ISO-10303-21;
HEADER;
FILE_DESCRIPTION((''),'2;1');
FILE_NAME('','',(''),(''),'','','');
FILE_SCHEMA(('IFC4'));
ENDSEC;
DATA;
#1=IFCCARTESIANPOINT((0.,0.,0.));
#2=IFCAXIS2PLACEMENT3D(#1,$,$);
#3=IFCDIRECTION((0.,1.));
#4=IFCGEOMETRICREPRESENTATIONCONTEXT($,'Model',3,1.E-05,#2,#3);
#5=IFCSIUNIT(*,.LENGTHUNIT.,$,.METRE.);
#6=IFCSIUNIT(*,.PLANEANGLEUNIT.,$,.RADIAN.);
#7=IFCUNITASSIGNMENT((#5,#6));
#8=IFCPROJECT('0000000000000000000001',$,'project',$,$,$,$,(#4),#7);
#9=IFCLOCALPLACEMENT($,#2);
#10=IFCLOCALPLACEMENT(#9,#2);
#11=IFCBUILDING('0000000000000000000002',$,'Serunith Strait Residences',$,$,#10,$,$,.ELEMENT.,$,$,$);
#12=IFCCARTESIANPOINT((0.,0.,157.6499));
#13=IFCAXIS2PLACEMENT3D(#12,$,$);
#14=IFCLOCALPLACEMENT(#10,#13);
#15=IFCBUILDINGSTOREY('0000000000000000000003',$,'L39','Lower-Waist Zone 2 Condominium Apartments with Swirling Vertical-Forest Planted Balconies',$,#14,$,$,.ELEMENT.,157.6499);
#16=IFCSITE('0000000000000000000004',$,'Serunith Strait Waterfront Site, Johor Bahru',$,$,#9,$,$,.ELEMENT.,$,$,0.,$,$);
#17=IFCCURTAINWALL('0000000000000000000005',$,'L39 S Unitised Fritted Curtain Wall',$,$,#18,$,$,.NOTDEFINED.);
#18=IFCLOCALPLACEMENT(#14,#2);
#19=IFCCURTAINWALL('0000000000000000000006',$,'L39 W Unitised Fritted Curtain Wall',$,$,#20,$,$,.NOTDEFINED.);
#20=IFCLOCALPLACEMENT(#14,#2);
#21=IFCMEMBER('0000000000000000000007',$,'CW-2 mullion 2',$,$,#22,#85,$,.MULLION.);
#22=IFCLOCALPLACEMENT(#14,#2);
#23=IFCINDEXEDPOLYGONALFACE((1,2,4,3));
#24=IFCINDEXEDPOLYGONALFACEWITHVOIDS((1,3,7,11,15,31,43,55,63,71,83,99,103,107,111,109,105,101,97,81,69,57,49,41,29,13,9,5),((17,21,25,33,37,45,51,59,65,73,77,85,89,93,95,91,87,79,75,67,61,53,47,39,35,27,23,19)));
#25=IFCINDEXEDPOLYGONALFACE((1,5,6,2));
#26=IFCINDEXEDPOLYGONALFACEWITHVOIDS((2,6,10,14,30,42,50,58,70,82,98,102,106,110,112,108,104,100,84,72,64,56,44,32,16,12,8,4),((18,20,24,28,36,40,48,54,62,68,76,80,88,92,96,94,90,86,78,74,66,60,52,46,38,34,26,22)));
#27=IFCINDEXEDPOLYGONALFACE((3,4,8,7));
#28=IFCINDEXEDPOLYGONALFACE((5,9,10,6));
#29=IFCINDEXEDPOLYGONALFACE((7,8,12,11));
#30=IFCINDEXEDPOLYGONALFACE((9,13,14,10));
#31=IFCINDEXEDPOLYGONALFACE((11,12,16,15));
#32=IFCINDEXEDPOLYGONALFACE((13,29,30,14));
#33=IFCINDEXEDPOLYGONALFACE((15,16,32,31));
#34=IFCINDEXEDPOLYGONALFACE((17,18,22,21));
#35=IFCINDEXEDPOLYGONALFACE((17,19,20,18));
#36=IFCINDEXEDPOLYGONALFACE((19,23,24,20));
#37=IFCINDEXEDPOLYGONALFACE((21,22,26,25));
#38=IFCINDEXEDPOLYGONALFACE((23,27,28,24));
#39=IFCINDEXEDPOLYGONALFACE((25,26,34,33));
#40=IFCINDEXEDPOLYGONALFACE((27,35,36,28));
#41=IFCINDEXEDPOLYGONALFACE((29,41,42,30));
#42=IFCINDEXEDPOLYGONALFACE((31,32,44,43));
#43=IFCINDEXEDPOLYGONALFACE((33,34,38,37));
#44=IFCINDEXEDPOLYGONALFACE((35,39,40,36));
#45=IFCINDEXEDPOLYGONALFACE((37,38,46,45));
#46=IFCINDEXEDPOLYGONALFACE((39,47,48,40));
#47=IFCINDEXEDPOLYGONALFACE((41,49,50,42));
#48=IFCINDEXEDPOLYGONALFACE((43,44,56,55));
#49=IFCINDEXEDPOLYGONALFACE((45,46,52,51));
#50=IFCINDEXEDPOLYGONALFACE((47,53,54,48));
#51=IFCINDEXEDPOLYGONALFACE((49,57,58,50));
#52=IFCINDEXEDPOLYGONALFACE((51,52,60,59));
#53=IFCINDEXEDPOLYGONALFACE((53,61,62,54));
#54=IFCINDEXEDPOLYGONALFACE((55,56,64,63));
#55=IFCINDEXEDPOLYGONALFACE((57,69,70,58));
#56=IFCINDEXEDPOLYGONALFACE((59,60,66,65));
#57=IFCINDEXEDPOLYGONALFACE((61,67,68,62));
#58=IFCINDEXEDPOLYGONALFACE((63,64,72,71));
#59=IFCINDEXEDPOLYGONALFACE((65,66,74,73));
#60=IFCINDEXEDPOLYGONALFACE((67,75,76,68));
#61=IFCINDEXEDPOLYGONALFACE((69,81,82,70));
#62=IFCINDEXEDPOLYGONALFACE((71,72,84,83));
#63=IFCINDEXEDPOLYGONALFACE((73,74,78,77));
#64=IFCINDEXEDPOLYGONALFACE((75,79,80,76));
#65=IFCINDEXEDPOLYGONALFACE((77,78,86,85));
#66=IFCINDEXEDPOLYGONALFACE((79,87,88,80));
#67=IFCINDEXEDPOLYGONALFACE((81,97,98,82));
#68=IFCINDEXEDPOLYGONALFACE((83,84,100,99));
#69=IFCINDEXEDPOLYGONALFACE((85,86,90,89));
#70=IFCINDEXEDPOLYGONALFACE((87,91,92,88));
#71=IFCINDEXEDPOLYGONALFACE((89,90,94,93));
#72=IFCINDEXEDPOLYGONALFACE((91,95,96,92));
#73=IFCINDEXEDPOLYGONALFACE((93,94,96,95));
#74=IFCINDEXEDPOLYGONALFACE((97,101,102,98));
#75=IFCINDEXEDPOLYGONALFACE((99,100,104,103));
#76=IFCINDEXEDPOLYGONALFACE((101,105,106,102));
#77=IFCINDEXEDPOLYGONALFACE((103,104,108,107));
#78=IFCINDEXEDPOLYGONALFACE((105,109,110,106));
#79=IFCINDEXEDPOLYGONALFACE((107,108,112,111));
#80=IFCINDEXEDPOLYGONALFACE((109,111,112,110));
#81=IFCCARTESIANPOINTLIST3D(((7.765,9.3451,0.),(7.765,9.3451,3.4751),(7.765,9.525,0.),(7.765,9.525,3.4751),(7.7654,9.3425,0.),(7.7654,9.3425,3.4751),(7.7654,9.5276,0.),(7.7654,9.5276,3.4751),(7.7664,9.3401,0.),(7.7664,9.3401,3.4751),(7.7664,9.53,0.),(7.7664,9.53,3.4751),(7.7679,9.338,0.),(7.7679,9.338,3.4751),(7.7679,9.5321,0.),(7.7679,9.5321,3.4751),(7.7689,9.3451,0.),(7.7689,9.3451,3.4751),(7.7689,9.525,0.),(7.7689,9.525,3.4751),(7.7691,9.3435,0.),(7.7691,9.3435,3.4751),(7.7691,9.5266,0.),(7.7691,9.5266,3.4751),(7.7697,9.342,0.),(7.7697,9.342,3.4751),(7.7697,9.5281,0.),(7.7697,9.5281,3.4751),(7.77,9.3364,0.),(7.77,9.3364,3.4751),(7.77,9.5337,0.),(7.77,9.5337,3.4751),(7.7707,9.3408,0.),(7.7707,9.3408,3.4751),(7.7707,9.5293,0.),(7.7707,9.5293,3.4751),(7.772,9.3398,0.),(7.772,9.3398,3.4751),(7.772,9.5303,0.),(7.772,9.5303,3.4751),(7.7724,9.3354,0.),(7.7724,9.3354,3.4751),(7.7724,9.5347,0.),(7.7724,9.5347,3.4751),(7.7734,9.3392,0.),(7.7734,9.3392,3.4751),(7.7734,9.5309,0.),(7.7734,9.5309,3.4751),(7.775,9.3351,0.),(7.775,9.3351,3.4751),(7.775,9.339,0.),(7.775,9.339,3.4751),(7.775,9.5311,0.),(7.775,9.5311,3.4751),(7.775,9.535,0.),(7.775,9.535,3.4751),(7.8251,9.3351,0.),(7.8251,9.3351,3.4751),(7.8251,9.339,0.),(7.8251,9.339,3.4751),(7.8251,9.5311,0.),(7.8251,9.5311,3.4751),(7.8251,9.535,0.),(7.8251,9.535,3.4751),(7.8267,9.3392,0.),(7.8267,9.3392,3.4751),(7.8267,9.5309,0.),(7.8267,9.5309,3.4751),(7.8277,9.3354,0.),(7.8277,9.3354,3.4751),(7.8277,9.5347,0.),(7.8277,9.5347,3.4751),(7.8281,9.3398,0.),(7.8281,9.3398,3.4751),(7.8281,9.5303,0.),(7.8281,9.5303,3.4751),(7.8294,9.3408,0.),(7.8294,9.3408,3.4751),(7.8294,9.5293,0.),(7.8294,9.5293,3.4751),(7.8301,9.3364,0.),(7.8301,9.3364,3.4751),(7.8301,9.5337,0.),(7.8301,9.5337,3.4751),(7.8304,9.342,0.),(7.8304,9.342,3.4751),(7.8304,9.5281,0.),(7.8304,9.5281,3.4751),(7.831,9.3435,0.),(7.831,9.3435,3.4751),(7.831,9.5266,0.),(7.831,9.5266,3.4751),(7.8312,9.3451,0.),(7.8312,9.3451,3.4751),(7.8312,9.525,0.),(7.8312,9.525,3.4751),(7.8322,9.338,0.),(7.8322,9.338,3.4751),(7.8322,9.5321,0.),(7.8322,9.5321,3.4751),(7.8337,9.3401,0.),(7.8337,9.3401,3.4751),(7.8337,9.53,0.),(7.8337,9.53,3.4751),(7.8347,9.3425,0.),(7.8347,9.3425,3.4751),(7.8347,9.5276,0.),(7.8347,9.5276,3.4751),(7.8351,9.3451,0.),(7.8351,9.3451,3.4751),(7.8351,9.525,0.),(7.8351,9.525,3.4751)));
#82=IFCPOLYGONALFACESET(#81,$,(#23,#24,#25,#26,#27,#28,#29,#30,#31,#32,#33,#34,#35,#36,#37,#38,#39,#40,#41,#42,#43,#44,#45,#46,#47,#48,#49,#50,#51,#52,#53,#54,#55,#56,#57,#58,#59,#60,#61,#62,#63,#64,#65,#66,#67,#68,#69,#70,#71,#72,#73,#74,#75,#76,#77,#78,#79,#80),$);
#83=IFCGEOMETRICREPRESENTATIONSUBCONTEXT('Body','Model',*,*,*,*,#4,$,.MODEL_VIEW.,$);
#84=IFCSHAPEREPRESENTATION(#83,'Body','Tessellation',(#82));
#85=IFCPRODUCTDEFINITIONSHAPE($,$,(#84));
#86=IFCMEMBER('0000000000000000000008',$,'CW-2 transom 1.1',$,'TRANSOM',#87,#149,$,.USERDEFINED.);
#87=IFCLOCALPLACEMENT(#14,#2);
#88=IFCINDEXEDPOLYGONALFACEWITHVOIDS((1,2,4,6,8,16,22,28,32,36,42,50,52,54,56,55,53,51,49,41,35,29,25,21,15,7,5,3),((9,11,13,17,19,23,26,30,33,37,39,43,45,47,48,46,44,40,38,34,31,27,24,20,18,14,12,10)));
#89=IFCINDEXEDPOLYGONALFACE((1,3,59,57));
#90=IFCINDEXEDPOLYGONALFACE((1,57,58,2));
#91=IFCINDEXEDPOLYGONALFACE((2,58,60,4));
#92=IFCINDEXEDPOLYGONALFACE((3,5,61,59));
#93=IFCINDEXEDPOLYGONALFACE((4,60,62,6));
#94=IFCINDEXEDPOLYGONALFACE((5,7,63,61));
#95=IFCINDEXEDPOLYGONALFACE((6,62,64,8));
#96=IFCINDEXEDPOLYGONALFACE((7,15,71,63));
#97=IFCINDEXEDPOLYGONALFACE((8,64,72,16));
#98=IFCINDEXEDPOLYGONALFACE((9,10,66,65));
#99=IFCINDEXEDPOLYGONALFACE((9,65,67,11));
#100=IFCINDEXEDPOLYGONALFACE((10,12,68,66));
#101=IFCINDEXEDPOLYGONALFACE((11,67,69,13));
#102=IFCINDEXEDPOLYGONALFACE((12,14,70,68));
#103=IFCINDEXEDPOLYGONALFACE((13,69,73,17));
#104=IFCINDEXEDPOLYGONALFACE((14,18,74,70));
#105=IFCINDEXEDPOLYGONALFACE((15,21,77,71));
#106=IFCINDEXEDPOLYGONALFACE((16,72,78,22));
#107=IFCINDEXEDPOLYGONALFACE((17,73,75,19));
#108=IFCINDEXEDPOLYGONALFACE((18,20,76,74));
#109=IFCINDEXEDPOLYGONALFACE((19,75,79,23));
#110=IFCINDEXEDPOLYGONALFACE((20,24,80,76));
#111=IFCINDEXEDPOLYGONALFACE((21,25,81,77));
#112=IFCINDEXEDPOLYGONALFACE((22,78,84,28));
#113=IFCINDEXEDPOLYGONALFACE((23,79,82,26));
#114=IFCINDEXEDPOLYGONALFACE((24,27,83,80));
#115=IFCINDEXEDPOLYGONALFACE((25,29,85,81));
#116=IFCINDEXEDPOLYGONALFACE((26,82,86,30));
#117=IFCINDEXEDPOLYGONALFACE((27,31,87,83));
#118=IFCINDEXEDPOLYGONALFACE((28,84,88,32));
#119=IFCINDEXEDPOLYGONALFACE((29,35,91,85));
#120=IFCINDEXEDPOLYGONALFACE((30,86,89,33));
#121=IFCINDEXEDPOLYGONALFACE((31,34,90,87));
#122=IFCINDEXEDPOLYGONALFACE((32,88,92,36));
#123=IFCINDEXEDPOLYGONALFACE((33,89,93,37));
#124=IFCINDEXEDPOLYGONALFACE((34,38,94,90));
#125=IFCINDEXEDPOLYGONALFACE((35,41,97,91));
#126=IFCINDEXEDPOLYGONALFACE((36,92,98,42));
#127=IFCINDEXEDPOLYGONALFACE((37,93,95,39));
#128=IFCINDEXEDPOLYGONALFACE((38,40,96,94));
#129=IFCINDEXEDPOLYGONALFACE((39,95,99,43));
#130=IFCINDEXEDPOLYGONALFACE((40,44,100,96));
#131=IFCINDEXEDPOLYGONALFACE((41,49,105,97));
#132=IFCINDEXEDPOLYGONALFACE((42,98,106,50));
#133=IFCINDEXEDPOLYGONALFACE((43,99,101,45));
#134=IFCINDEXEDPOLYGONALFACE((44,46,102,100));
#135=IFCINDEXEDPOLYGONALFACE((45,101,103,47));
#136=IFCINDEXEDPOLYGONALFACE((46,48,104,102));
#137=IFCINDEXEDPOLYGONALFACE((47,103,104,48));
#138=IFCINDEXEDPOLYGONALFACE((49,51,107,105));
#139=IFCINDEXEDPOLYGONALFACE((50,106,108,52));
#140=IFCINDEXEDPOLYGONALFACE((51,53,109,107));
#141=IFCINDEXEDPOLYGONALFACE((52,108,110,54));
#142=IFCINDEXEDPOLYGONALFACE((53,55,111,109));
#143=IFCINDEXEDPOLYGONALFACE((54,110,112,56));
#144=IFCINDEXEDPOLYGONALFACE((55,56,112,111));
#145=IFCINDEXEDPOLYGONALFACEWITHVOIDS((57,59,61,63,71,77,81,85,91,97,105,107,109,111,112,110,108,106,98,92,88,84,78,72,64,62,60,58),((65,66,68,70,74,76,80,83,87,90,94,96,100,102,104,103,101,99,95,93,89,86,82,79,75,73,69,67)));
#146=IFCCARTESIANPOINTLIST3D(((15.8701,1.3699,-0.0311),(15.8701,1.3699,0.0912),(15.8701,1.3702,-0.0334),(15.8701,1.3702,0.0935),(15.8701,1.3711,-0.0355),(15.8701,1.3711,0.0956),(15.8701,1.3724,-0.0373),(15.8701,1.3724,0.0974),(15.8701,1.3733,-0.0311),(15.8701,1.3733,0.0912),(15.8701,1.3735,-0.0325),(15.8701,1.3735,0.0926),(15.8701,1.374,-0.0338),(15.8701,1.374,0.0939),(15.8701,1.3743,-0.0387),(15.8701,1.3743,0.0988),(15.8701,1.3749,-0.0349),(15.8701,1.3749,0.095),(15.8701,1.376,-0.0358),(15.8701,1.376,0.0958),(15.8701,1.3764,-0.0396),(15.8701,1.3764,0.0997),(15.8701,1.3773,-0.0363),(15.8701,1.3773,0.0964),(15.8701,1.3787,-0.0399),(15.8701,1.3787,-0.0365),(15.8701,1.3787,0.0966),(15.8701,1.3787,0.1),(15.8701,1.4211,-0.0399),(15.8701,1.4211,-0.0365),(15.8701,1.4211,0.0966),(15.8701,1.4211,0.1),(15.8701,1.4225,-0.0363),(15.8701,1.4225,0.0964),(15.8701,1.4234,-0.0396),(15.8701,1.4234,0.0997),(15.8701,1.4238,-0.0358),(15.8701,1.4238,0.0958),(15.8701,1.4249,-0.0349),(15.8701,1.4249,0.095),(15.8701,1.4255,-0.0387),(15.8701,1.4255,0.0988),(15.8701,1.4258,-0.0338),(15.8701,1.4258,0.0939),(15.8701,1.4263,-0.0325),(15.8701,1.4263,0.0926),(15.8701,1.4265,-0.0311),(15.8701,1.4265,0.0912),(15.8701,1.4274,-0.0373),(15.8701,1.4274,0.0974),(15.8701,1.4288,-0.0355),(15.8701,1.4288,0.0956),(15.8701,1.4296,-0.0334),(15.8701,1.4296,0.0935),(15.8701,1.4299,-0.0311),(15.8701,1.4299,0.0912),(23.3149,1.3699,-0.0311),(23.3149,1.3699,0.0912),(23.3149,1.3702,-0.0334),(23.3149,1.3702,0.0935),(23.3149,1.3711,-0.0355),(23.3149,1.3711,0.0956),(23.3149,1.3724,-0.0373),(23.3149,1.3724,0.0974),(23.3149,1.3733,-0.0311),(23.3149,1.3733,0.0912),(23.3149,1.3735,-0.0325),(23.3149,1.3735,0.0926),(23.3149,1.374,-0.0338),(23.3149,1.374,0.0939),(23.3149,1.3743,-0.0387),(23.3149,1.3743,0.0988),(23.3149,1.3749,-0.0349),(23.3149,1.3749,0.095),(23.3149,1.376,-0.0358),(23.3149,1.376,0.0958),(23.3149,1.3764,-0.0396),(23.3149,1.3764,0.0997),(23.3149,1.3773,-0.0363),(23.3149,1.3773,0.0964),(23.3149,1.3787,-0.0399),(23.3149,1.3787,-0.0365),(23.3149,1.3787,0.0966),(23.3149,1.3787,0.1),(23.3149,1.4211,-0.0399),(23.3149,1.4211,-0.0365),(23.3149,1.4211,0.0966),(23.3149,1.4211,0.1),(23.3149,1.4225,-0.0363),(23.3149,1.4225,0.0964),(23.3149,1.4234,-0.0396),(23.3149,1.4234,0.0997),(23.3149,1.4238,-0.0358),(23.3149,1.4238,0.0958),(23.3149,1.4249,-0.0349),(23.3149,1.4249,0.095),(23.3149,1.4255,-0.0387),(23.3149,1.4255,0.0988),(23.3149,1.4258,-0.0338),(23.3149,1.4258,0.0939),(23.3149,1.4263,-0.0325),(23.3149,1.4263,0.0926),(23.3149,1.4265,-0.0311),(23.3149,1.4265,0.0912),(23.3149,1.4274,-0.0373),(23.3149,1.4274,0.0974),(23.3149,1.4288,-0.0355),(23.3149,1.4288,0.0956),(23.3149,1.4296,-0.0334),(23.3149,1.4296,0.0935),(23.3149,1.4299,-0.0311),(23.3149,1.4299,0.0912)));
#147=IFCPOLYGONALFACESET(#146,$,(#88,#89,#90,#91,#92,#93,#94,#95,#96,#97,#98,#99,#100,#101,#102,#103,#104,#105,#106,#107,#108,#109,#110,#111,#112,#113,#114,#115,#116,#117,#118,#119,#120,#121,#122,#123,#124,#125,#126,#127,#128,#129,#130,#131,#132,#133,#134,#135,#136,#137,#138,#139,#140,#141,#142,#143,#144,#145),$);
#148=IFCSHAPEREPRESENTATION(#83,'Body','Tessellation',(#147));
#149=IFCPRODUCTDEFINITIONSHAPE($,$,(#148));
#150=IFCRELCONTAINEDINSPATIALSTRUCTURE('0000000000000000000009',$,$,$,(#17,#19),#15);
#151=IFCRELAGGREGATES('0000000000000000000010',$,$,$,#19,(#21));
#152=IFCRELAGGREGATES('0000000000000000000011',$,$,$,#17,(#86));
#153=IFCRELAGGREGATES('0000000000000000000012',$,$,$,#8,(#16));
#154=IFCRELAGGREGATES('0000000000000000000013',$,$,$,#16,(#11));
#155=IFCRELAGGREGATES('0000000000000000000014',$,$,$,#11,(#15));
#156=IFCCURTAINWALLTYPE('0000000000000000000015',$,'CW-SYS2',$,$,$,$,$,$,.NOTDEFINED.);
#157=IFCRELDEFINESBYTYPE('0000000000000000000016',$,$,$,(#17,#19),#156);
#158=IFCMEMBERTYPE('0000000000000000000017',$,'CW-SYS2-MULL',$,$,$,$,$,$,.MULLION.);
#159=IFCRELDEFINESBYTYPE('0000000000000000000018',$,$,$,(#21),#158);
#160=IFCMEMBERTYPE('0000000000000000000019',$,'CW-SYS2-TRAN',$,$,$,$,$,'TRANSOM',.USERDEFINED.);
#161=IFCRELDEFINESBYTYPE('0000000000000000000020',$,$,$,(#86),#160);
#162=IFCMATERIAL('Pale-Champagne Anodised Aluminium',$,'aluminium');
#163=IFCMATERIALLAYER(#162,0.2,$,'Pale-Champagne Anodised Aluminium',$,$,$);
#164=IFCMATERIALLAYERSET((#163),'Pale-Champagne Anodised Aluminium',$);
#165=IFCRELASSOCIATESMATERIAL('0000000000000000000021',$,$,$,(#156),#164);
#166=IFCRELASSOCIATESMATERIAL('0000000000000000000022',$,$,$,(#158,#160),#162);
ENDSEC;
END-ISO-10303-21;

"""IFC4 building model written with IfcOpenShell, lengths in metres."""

from ifc_helpers import new_model, si_unit, direction, frame, origin, origin_2d, place, context, subcontext, project, spatial, hollow_rectangle, extrude, source, transform, mapped, material, layer, layer_set, material_profile, profile_set, type_object, element, aggregate, save


model = new_model("IFC4")

# Units and contexts
model_context = context("Model", 3, precision=1e-05, world=origin(), true_north=direction((0.0, 1.0)))
body_context = subcontext(model_context, "Body", "Model", "MODEL_VIEW")
ifc_project = project(units=[si_unit("LENGTHUNIT", "METRE"), si_unit("PLANEANGLEUNIT", "RADIAN")], contexts=[model_context])

# Site, building, storey
site_placement = place(None, origin())
site = spatial("IfcSite", under=ifc_project, at=site_placement, Name="Serunith Strait Waterfront Site, Johor Bahru", CompositionType="ELEMENT", RefElevation=0.0)
building_placement = place(site_placement, origin())
building = spatial("IfcBuilding", under=site, at=building_placement, Name="Serunith Strait Residences", CompositionType="ELEMENT")
storey_placement = place(building_placement, frame((0.0, 0.0, 157.6499)))
storey = spatial("IfcBuildingStorey", under=building, at=storey_placement, Name="L39", Description="Lower-Waist Zone 2 Condominium Apartments with Swirling Vertical-Forest Planted Balconies", CompositionType="ELEMENT", Elevation=157.6499)

# Curtain walls, member
ifc_material_1 = material(Name="Pale-Champagne Anodised Aluminium", Category="aluminium")
ifc_layer_1 = layer(ifc_material_1, 0.2, Name="Pale-Champagne Anodised Aluminium")
ifc_layer_set_1 = layer_set([ifc_layer_1], Name="Pale-Champagne Anodised Aluminium")
curtain_wall_type = type_object("IfcCurtainWallType", Name="CW-SYS2", PredefinedType="NOTDEFINED", material=ifc_layer_set_1)
curtain_wall_1_placement = place(storey_placement, origin())
curtain_wall_1 = element("IfcCurtainWall", 1, at=curtain_wall_1_placement, inside=storey, type_object=curtain_wall_type, Name="L39 S Unitised Fritted Curtain Wall", PredefinedType="NOTDEFINED")
ifc_material_profile_1 = material_profile(ifc_material_1, hollow_rectangle(XDim=0.0701, YDim=0.2, WallThickness=0.0039, InnerFilletRadius=0.0061, OuterFilletRadius=0.01, at=origin_2d()), Name="ALU 200x70x4")
ifc_profile_set_1 = profile_set([ifc_material_profile_1], Name="Pale-Champagne Anodised Aluminium")
member_type_1 = type_object("IfcMemberType", Name="CW-SYS2-MULL", PredefinedType="MULLION", material=ifc_profile_set_1)
shared_shape_1 = source(origin(), body_context, "Body", "SweptSolid", [
    extrude(hollow_rectangle(XDim=0.0701, YDim=0.2, WallThickness=0.0039, InnerFilletRadius=0.0061, OuterFilletRadius=0.01, at=origin_2d()), origin(), (0.0, 0.0, 1.0), 3.4751),
])
curtain_wall_2_placement = place(storey_placement, origin())
curtain_wall_2 = element("IfcCurtainWall", 2, at=curtain_wall_2_placement, inside=storey, type_object=curtain_wall_type, Name="L39 W Unitised Fritted Curtain Wall", PredefinedType="NOTDEFINED")
member_1_placement = place(storey_placement, frame((7.8, 9.4351, 0.0), z_axis=(0.0, 0.0, 1.0), x_axis=(1.0, 0.0, 0.0)))
member_1 = element("IfcMember", 3, at=member_1_placement, type_object=member_type_1, Name="CW-2 mullion 2", PredefinedType="MULLION", context=body_context, shape_type="MappedRepresentation", body=[
    mapped(shared_shape_1, transform((0.0, 0.0, 0.0), scale=1.0)),
])
aggregate(curtain_wall_2, [member_1])

# Member
ifc_material_profile_2 = material_profile(ifc_material_1, hollow_rectangle(XDim=0.0601, YDim=0.1399, WallThickness=0.0034, InnerFilletRadius=0.0054, OuterFilletRadius=0.0088, at=origin_2d()), Name="ALU 140x60x3.5")
ifc_profile_set_2 = profile_set([ifc_material_profile_2], Name="Pale-Champagne Anodised Aluminium")
member_type_2 = type_object("IfcMemberType", Name="CW-SYS2-TRAN", ElementType="TRANSOM", PredefinedType="USERDEFINED", material=ifc_profile_set_2)
shared_shape_2 = source(origin(), body_context, "Body", "SweptSolid", [
    extrude(hollow_rectangle(XDim=0.0601, YDim=0.1399, WallThickness=0.0034, InnerFilletRadius=0.0054, OuterFilletRadius=0.0088, at=origin_2d()), origin(), (0.0, 0.0, 1.0), 7.4448),
])
member_2_placement = place(storey_placement, frame((15.8701, 1.3999, 0.03), z_axis=(1.0, 0.0, 0.0), x_axis=(0.0, 1.0, 0.0)))
member_2 = element("IfcMember", 4, at=member_2_placement, type_object=member_type_2, Name="CW-2 transom 1.1", ObjectType="TRANSOM", PredefinedType="USERDEFINED", context=body_context, shape_type="MappedRepresentation", body=[
    mapped(shared_shape_2, transform((0.0, 0.0, 0.0), scale=1.0)),
])
aggregate(curtain_wall_1, [member_2])

save(model, "model.ifc")
